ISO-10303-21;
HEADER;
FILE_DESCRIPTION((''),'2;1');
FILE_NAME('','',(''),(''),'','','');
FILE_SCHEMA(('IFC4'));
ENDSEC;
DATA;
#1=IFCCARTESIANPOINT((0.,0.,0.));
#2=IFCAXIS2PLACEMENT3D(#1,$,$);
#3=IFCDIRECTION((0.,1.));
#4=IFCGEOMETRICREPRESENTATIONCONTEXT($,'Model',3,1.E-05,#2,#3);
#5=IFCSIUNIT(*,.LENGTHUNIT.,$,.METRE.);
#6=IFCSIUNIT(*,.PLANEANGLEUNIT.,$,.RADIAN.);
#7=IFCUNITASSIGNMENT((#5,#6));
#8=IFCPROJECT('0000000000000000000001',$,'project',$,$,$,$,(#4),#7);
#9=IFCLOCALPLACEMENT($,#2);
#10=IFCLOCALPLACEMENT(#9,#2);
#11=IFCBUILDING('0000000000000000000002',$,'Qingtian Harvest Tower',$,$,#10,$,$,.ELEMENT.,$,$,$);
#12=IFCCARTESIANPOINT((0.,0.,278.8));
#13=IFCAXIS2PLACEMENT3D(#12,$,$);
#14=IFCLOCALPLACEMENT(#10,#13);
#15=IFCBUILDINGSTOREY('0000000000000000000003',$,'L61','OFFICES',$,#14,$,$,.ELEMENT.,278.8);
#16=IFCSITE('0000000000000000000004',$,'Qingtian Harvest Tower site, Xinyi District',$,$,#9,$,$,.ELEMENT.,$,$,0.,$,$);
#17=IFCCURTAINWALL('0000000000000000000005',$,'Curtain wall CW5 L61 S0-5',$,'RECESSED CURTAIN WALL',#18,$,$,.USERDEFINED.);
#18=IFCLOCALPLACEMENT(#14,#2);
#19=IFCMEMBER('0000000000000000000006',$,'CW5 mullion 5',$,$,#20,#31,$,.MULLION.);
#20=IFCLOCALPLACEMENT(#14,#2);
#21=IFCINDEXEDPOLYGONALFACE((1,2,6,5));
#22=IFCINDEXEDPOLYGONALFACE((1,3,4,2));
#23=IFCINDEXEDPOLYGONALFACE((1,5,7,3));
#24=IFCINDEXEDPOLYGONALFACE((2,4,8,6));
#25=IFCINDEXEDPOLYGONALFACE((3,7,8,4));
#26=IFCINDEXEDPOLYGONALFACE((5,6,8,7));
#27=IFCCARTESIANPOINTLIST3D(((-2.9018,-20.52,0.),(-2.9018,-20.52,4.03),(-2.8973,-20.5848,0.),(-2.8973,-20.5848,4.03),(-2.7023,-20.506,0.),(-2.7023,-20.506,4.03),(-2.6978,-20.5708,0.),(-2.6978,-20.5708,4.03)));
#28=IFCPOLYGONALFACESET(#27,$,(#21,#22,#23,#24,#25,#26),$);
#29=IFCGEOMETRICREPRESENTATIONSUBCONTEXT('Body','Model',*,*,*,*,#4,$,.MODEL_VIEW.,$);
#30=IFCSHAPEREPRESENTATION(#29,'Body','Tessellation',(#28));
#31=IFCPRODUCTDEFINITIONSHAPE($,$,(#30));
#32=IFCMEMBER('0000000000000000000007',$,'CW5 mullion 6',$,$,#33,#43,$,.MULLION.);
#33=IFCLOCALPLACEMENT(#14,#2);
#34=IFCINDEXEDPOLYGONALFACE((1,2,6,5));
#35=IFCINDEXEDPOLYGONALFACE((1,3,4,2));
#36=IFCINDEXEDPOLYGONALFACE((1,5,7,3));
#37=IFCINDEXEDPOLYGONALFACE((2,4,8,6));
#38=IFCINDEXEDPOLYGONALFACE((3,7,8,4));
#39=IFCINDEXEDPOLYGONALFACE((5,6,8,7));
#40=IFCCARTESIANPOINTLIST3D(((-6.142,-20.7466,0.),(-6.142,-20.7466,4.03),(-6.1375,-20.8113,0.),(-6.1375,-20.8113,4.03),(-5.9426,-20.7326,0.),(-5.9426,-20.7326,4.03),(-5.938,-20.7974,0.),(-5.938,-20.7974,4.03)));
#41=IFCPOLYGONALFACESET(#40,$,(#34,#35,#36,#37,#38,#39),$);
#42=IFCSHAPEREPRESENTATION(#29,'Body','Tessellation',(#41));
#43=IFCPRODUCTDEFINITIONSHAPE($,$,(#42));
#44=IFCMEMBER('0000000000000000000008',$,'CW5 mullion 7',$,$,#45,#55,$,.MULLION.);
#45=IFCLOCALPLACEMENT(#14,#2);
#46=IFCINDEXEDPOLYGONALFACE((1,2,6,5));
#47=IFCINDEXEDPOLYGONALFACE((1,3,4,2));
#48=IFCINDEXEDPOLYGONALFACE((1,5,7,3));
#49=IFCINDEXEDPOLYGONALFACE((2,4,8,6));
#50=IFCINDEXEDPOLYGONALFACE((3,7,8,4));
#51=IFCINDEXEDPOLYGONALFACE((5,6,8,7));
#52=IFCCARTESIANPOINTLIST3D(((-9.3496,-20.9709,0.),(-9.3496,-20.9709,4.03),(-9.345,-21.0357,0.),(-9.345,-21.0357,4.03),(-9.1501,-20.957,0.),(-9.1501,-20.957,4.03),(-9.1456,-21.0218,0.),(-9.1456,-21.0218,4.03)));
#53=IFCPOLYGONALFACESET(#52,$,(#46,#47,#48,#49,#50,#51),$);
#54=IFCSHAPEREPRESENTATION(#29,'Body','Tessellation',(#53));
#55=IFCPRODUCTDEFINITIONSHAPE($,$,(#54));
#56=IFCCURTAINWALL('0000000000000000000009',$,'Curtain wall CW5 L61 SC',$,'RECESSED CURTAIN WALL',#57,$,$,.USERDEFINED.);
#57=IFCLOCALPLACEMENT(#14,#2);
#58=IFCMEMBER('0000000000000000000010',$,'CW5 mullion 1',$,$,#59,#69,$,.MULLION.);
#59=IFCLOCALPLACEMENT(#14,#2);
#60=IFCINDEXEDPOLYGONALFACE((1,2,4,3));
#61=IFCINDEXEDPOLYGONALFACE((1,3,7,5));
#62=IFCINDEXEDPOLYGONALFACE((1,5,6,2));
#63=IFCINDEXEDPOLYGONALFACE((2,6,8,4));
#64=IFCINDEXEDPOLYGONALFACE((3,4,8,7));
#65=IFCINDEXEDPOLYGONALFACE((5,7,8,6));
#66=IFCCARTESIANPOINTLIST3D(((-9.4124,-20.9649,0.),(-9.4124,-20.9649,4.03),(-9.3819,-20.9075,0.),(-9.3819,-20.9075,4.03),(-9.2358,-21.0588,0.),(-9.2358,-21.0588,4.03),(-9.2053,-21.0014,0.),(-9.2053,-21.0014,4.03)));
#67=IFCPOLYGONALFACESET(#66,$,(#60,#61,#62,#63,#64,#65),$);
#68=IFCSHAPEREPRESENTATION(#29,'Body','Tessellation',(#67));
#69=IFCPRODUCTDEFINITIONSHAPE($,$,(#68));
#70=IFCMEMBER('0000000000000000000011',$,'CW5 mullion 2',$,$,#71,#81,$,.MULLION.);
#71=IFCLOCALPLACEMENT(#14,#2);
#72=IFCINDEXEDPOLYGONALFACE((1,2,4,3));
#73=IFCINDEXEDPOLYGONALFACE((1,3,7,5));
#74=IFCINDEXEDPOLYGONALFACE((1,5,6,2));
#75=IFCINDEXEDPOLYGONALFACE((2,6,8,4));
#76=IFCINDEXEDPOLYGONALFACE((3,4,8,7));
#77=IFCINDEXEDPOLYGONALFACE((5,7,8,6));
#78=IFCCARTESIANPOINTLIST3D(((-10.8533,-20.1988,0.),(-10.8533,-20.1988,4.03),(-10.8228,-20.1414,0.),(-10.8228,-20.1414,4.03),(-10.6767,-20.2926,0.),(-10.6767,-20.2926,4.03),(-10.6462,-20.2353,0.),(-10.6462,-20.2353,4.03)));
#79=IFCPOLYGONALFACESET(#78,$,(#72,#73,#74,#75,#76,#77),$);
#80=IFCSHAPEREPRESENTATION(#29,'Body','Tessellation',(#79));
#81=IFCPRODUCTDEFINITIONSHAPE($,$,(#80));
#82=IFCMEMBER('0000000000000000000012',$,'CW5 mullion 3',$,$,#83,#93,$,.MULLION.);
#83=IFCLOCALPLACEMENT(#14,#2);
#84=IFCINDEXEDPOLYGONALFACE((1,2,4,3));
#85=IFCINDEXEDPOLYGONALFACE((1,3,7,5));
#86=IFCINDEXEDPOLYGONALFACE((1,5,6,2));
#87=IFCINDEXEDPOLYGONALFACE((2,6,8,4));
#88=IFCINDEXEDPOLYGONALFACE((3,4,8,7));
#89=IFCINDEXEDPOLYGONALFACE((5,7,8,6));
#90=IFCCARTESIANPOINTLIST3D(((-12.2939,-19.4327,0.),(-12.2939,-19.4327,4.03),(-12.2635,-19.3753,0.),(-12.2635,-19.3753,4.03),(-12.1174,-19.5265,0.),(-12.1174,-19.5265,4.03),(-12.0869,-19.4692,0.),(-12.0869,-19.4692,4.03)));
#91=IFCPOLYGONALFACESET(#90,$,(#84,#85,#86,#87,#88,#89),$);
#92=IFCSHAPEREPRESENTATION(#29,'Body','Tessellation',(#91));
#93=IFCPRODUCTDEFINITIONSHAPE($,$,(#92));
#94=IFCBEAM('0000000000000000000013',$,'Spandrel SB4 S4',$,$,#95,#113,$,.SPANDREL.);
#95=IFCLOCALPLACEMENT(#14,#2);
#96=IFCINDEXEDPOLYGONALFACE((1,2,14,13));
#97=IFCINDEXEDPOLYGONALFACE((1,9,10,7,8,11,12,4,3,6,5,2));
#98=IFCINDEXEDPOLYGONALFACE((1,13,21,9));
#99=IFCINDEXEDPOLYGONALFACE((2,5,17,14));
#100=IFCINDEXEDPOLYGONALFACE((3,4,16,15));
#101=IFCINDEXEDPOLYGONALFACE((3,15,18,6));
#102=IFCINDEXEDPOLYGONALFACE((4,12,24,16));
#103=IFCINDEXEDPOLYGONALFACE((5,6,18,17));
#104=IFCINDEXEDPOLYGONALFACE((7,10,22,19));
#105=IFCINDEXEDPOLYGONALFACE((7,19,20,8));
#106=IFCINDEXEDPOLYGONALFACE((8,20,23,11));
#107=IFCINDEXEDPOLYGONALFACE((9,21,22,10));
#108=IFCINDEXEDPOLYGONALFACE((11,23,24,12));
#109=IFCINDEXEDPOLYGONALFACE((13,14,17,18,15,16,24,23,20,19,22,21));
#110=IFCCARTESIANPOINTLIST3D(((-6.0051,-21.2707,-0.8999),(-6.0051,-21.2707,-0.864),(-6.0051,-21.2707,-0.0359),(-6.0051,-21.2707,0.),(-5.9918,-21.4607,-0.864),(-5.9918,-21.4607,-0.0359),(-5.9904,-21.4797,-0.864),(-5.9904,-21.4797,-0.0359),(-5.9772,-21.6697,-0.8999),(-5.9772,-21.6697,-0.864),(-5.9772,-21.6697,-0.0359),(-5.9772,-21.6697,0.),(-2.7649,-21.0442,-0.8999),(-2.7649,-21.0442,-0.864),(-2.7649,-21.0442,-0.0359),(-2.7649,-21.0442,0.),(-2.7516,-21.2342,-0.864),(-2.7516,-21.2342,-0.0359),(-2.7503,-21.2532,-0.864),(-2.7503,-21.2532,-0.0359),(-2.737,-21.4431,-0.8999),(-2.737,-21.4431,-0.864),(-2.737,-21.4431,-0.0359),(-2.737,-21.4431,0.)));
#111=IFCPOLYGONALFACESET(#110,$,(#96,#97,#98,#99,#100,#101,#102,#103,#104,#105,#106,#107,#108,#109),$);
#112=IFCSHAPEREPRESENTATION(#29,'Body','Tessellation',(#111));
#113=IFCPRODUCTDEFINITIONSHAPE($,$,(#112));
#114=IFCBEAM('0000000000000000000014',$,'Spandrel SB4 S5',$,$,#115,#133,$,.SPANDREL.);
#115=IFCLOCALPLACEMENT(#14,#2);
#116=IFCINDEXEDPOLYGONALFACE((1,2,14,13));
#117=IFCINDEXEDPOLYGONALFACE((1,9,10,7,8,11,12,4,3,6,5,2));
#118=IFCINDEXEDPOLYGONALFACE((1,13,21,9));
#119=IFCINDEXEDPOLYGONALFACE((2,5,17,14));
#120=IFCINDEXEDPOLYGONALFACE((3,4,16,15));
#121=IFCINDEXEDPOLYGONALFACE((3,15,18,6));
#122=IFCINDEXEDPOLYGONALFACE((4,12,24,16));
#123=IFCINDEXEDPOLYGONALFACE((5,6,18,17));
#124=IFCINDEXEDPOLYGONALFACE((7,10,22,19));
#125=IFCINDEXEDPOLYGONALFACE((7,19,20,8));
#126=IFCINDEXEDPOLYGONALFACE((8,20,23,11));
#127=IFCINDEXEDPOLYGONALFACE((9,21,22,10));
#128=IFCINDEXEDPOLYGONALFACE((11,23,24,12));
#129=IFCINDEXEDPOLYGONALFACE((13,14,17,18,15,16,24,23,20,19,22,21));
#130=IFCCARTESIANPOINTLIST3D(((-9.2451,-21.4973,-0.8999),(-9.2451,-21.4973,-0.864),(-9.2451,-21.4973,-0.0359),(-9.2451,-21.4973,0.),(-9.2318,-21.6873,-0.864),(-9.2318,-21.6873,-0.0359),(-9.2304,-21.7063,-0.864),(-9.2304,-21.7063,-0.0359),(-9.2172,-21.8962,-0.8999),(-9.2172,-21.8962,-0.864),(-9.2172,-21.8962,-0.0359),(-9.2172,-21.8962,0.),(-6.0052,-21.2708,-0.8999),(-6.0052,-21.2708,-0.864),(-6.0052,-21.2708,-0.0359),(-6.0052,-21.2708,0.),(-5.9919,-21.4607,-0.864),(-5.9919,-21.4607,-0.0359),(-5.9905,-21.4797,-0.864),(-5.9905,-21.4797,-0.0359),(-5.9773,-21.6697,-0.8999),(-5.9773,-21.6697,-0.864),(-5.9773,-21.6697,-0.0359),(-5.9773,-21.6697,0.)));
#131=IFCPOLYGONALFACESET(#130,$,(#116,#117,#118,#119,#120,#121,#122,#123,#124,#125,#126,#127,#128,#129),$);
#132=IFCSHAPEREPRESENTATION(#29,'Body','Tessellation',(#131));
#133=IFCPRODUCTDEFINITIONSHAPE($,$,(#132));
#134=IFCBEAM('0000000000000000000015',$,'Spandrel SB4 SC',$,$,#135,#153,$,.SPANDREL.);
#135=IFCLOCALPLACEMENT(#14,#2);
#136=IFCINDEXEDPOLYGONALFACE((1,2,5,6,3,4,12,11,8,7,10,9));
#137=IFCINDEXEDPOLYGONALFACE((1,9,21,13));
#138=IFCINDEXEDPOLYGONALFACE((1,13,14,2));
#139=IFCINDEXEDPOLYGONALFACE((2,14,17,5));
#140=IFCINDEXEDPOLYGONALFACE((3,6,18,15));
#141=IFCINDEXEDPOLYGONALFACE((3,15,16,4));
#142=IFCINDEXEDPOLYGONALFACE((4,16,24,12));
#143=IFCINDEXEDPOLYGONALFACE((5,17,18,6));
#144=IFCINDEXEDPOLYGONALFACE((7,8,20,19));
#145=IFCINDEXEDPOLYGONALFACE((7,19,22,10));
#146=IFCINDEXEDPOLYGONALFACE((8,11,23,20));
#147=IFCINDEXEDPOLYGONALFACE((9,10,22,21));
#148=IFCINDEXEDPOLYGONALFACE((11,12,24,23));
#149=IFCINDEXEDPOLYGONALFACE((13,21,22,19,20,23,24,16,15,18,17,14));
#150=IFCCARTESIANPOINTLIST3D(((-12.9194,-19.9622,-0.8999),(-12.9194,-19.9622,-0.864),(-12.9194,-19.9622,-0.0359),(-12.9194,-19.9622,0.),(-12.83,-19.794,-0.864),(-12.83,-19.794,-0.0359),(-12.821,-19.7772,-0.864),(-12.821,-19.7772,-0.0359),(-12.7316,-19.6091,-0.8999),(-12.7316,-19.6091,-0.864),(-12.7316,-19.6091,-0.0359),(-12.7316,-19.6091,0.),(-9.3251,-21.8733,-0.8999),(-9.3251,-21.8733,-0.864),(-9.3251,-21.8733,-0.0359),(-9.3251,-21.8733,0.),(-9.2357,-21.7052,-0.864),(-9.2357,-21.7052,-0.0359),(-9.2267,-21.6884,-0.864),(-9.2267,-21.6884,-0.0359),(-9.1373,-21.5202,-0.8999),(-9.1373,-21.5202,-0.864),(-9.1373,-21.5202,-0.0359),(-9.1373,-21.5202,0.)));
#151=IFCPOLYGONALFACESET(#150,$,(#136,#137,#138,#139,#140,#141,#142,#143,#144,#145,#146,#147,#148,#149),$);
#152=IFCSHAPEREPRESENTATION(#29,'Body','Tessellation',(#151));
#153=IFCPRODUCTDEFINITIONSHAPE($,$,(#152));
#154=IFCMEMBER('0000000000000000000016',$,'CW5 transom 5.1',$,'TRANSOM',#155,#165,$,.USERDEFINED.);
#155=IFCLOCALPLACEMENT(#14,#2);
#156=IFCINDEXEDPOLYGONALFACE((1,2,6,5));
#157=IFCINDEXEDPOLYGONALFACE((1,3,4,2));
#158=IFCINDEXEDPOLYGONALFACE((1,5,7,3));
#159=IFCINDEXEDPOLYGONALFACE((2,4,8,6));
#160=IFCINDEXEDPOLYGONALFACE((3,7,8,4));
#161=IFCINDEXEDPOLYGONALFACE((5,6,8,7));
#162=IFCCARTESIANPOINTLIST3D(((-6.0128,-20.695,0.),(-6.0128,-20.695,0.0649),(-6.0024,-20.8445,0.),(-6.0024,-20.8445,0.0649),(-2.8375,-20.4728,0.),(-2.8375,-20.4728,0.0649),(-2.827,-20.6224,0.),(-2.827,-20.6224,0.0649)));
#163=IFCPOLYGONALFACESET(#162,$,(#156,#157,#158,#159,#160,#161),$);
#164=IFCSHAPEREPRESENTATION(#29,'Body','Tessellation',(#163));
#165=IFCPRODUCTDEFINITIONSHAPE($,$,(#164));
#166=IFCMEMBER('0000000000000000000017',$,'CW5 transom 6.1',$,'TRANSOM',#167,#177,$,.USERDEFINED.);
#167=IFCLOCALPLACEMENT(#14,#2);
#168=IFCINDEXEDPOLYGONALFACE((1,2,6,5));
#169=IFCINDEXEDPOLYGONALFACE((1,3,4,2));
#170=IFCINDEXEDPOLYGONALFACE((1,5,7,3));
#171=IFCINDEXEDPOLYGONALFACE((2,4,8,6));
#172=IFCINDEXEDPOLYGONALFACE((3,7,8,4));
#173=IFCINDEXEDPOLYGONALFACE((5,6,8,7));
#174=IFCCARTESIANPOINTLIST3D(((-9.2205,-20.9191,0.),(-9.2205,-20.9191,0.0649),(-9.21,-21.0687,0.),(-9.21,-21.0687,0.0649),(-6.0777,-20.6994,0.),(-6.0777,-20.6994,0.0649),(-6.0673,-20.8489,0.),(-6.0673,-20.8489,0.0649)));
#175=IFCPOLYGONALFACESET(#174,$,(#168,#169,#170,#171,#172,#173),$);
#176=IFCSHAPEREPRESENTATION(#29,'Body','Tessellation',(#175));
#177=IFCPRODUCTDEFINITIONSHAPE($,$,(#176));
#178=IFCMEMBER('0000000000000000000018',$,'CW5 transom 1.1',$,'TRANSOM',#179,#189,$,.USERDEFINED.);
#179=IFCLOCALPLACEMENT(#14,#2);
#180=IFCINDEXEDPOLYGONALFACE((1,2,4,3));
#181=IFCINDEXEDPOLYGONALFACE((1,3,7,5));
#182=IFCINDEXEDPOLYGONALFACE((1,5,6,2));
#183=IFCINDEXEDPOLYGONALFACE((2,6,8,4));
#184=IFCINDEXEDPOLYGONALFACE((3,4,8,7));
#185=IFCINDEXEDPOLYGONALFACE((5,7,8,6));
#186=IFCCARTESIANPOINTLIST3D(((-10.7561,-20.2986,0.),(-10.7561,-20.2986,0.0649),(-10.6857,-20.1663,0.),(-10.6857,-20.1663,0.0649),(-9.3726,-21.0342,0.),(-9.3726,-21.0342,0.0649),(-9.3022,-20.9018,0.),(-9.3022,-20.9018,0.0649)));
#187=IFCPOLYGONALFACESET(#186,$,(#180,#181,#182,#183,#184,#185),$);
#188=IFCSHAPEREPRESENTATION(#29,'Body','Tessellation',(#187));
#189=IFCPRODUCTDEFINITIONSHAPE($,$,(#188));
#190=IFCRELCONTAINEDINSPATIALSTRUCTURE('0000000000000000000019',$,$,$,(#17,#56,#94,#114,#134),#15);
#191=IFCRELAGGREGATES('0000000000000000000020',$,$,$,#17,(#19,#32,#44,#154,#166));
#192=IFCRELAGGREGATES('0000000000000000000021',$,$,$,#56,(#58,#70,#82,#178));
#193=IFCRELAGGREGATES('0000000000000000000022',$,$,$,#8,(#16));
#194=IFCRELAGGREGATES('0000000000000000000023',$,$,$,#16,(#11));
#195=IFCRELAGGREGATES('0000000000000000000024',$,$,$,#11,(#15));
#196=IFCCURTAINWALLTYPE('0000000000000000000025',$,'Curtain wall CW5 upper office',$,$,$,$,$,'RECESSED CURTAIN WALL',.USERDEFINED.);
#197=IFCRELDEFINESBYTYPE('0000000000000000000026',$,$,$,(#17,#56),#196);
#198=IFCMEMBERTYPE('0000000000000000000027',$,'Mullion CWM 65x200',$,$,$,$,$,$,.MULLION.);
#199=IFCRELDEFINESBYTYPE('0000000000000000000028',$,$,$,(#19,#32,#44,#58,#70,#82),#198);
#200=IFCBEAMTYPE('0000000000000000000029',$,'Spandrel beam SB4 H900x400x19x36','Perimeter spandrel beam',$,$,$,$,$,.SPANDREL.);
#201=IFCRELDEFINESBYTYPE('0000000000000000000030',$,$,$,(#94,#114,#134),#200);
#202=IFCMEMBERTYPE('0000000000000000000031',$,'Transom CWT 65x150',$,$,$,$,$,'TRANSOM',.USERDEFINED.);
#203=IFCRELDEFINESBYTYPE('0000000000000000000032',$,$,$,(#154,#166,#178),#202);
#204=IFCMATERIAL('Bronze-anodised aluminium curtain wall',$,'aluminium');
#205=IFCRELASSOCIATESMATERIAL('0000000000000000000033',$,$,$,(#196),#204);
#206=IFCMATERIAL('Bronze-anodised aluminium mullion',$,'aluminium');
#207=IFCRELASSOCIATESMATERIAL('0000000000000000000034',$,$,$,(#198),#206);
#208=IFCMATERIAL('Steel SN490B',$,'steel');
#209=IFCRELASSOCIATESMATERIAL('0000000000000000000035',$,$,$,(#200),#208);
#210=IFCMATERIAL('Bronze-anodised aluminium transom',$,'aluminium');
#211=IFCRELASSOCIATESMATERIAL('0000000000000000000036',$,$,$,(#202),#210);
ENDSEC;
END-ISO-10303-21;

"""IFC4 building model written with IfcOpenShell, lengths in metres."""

from ifc_helpers import new_model, si_unit, direction, frame, origin, origin_2d, place, context, subcontext, project, spatial, rectangle, i_section, extrude, material, material_profile, profile_set, type_object, element, aggregate, save


model = new_model("IFC4")

# Units and contexts
model_context = context("Model", 3, precision=1e-05, world=origin(), true_north=direction((0.0, 1.0)))
body_context = subcontext(model_context, "Body", "Model", "MODEL_VIEW")
ifc_project = project(units=[si_unit("LENGTHUNIT", "METRE"), si_unit("PLANEANGLEUNIT", "RADIAN")], contexts=[model_context])

# Site, building, storey
site_placement = place(None, origin())
site = spatial("IfcSite", under=ifc_project, at=site_placement, Name="Qingtian Harvest Tower site, Xinyi District", CompositionType="ELEMENT", RefElevation=0.0)
building_placement = place(site_placement, origin())
building = spatial("IfcBuilding", under=site, at=building_placement, Name="Qingtian Harvest Tower", CompositionType="ELEMENT")
storey_placement = place(building_placement, frame((0.0, 0.0, 278.8)))
storey = spatial("IfcBuildingStorey", under=building, at=storey_placement, Name="L61", Description="OFFICES", CompositionType="ELEMENT", Elevation=278.8)

# Curtain walls, members
ifc_material_1 = material(Name="Bronze-anodised aluminium curtain wall", Category="aluminium")
curtain_wall_type = type_object("IfcCurtainWallType", Name="Curtain wall CW5 upper office", ElementType="RECESSED CURTAIN WALL", PredefinedType="USERDEFINED", material=ifc_material_1)
curtain_wall_1_placement = place(storey_placement, origin())
curtain_wall_1 = element("IfcCurtainWall", 1, at=curtain_wall_1_placement, inside=storey, type_object=curtain_wall_type, Name="Curtain wall CW5 L61 S0-5", ObjectType="RECESSED CURTAIN WALL", PredefinedType="USERDEFINED")
ifc_material_2 = material(Name="Bronze-anodised aluminium mullion", Category="aluminium")
ifc_material_profile_1 = material_profile(ifc_material_2, rectangle(XDim=0.0649, YDim=0.2, at=origin_2d()), Name="AL 65x200")
ifc_profile_set_1 = profile_set([ifc_material_profile_1], Name="Bronze-anodised aluminium mullion")
member_type_1 = type_object("IfcMemberType", Name="Mullion CWM 65x200", PredefinedType="MULLION", material=ifc_profile_set_1)
member_1_placement = place(storey_placement, frame((-2.7998, -20.5454, 0.0), z_axis=(0.0, 0.0, 1.0), x_axis=(0.069756, -0.997564, 0.0)))
member_1 = element("IfcMember", 2, at=member_1_placement, type_object=member_type_1, Name="CW5 mullion 5", PredefinedType="MULLION", context=body_context, shape_type="SweptSolid", body=[
    extrude(rectangle(XDim=0.0649, YDim=0.2, at=origin_2d()), origin(), (0.0, 0.0, 1.0), 4.03),
])
member_2_placement = place(storey_placement, frame((-6.04, -20.772, 0.0), z_axis=(0.0, 0.0, 1.0), x_axis=(0.069756, -0.997564, 0.0)))
member_2 = element("IfcMember", 3, at=member_2_placement, type_object=member_type_1, Name="CW5 mullion 6", PredefinedType="MULLION", context=body_context, shape_type="SweptSolid", body=[
    extrude(rectangle(XDim=0.0649, YDim=0.2, at=origin_2d()), origin(), (0.0, 0.0, 1.0), 4.03),
])
member_3_placement = place(storey_placement, frame((-9.2476, -20.9963, 0.0), z_axis=(0.0, 0.0, 1.0), x_axis=(0.069756, -0.997564, 0.0)))
member_3 = element("IfcMember", 4, at=member_3_placement, type_object=member_type_1, Name="CW5 mullion 7", PredefinedType="MULLION", context=body_context, shape_type="SweptSolid", body=[
    extrude(rectangle(XDim=0.0649, YDim=0.2, at=origin_2d()), origin(), (0.0, 0.0, 1.0), 4.03),
])
curtain_wall_2_placement = place(storey_placement, origin())
curtain_wall_2 = element("IfcCurtainWall", 5, at=curtain_wall_2_placement, inside=storey, type_object=curtain_wall_type, Name="Curtain wall CW5 L61 SC", ObjectType="RECESSED CURTAIN WALL", PredefinedType="USERDEFINED")
member_4_placement = place(storey_placement, frame((-9.3088, -20.9832, 0.0), z_axis=(0.0, 0.0, 1.0), x_axis=(-0.469472, -0.882948, 0.0)))
member_4 = element("IfcMember", 6, at=member_4_placement, type_object=member_type_1, Name="CW5 mullion 1", PredefinedType="MULLION", context=body_context, shape_type="SweptSolid", body=[
    extrude(rectangle(XDim=0.0649, YDim=0.2, at=origin_2d()), origin(), (0.0, 0.0, 1.0), 4.03),
])
member_5_placement = place(storey_placement, frame((-10.7498, -20.217, 0.0), z_axis=(0.0, 0.0, 1.0), x_axis=(-0.469472, -0.882948, 0.0)))
member_5 = element("IfcMember", 7, at=member_5_placement, type_object=member_type_1, Name="CW5 mullion 2", PredefinedType="MULLION", context=body_context, shape_type="SweptSolid", body=[
    extrude(rectangle(XDim=0.0649, YDim=0.2, at=origin_2d()), origin(), (0.0, 0.0, 1.0), 4.03),
])
member_6_placement = place(storey_placement, frame((-12.1904, -19.4509, 0.0), z_axis=(0.0, 0.0, 1.0), x_axis=(-0.469472, -0.882948, 0.0)))
member_6 = element("IfcMember", 8, at=member_6_placement, type_object=member_type_1, Name="CW5 mullion 3", PredefinedType="MULLION", context=body_context, shape_type="SweptSolid", body=[
    extrude(rectangle(XDim=0.0649, YDim=0.2, at=origin_2d()), origin(), (0.0, 0.0, 1.0), 4.03),
])

# Beams
ifc_material_3 = material(Name="Steel SN490B", Category="steel")
ifc_material_profile_2 = material_profile(ifc_material_3, i_section(OverallWidth=0.3999, OverallDepth=0.8999, WebThickness=0.019, FlangeThickness=0.0359, at=origin_2d()), Name="H900x400x19x36")
ifc_profile_set_2 = profile_set([ifc_material_profile_2], Name="Steel SN490B")
beam_type_1 = type_object("IfcBeamType", Name="Spandrel beam SB4 H900x400x19x36", Description="Perimeter spandrel beam", PredefinedType="SPANDREL", material=ifc_profile_set_2)
beam_1_placement = place(storey_placement, frame((-2.751, -21.2437, -0.45), z_axis=(-0.997564, -0.069751, 0.0), x_axis=(0.069751, -0.997564, 0.0)))
element("IfcBeam", 9, at=beam_1_placement, inside=storey, type_object=beam_type_1, Name="Spandrel SB4 S4", PredefinedType="SPANDREL", context=body_context, shape_type="SweptSolid", body=[
    extrude(i_section(OverallWidth=0.3999, OverallDepth=0.8999, WebThickness=0.019, FlangeThickness=0.0359, at=origin_2d()), origin(), (0.0, 0.0, 1.0), 3.248),
])
beam_2_placement = place(storey_placement, frame((-5.9912, -21.4702, -0.45), z_axis=(-0.997564, -0.069757, 0.0), x_axis=(0.069757, -0.997564, 0.0)))
element("IfcBeam", 10, at=beam_2_placement, inside=storey, type_object=beam_type_1, Name="Spandrel SB4 S5", PredefinedType="SPANDREL", context=body_context, shape_type="SweptSolid", body=[
    extrude(i_section(OverallWidth=0.3999, OverallDepth=0.8999, WebThickness=0.019, FlangeThickness=0.0359, at=origin_2d()), origin(), (0.0, 0.0, 1.0), 3.2478),
])
beam_3_placement = place(storey_placement, frame((-9.2312, -21.6968, -0.45), z_axis=(-0.882943, 0.46948, 0.0), x_axis=(-0.46948, -0.882943, 0.0)))
element("IfcBeam", 11, at=beam_3_placement, inside=storey, type_object=beam_type_1, Name="Spandrel SB4 SC", PredefinedType="SPANDREL", context=body_context, shape_type="SweptSolid", body=[
    extrude(i_section(OverallWidth=0.3999, OverallDepth=0.8999, WebThickness=0.019, FlangeThickness=0.0359, at=origin_2d()), origin(), (0.0, 0.0, 1.0), 4.0708),
])

# Members
ifc_material_4 = material(Name="Bronze-anodised aluminium transom", Category="aluminium")
ifc_material_profile_3 = material_profile(ifc_material_4, rectangle(XDim=0.1499, YDim=0.0649, at=origin_2d()), Name="AL 65x150")
ifc_profile_set_3 = profile_set([ifc_material_profile_3], Name="Bronze-anodised aluminium transom")
member_type_2 = type_object("IfcMemberType", Name="Transom CWT 65x150", ElementType="TRANSOM", PredefinedType="USERDEFINED", material=ifc_profile_set_3)
member_7_placement = place(storey_placement, frame((-2.8323, -20.5476, 0.0325), z_axis=(-0.997561, -0.069797, 0.0), x_axis=(0.069797, -0.997561, 0.0)))
member_7 = element("IfcMember", 12, at=member_7_placement, type_object=member_type_2, Name="CW5 transom 5.1", ObjectType="TRANSOM", PredefinedType="USERDEFINED", context=body_context, shape_type="SweptSolid", body=[
    extrude(rectangle(XDim=0.1499, YDim=0.0649, at=origin_2d()), origin(), (0.0, 0.0, 1.0), 3.1831),
])
member_8_placement = place(storey_placement, frame((-6.0725, -20.7742, 0.0325), z_axis=(-0.997565, -0.069744, 0.0), x_axis=(0.069744, -0.997565, 0.0)))
member_8 = element("IfcMember", 13, at=member_8_placement, type_object=member_type_2, Name="CW5 transom 6.1", ObjectType="TRANSOM", PredefinedType="USERDEFINED", context=body_context, shape_type="SweptSolid", body=[
    extrude(rectangle(XDim=0.1499, YDim=0.0649, at=origin_2d()), origin(), (0.0, 0.0, 1.0), 3.1504),
])
member_9_placement = place(storey_placement, frame((-9.3374, -20.968, 0.0325), z_axis=(-0.88296, 0.469448, 0.0), x_axis=(-0.469448, -0.88296, 0.0)))
member_9 = element("IfcMember", 14, at=member_9_placement, type_object=member_type_2, Name="CW5 transom 1.1", ObjectType="TRANSOM", PredefinedType="USERDEFINED", context=body_context, shape_type="SweptSolid", body=[
    extrude(rectangle(XDim=0.1499, YDim=0.0649, at=origin_2d()), origin(), (0.0, 0.0, 1.0), 1.5669),
])

aggregate(curtain_wall_1, [member_1, member_2, member_3, member_7, member_8])
aggregate(curtain_wall_2, [member_4, member_5, member_6, member_9])

save(model, "model.ifc")
